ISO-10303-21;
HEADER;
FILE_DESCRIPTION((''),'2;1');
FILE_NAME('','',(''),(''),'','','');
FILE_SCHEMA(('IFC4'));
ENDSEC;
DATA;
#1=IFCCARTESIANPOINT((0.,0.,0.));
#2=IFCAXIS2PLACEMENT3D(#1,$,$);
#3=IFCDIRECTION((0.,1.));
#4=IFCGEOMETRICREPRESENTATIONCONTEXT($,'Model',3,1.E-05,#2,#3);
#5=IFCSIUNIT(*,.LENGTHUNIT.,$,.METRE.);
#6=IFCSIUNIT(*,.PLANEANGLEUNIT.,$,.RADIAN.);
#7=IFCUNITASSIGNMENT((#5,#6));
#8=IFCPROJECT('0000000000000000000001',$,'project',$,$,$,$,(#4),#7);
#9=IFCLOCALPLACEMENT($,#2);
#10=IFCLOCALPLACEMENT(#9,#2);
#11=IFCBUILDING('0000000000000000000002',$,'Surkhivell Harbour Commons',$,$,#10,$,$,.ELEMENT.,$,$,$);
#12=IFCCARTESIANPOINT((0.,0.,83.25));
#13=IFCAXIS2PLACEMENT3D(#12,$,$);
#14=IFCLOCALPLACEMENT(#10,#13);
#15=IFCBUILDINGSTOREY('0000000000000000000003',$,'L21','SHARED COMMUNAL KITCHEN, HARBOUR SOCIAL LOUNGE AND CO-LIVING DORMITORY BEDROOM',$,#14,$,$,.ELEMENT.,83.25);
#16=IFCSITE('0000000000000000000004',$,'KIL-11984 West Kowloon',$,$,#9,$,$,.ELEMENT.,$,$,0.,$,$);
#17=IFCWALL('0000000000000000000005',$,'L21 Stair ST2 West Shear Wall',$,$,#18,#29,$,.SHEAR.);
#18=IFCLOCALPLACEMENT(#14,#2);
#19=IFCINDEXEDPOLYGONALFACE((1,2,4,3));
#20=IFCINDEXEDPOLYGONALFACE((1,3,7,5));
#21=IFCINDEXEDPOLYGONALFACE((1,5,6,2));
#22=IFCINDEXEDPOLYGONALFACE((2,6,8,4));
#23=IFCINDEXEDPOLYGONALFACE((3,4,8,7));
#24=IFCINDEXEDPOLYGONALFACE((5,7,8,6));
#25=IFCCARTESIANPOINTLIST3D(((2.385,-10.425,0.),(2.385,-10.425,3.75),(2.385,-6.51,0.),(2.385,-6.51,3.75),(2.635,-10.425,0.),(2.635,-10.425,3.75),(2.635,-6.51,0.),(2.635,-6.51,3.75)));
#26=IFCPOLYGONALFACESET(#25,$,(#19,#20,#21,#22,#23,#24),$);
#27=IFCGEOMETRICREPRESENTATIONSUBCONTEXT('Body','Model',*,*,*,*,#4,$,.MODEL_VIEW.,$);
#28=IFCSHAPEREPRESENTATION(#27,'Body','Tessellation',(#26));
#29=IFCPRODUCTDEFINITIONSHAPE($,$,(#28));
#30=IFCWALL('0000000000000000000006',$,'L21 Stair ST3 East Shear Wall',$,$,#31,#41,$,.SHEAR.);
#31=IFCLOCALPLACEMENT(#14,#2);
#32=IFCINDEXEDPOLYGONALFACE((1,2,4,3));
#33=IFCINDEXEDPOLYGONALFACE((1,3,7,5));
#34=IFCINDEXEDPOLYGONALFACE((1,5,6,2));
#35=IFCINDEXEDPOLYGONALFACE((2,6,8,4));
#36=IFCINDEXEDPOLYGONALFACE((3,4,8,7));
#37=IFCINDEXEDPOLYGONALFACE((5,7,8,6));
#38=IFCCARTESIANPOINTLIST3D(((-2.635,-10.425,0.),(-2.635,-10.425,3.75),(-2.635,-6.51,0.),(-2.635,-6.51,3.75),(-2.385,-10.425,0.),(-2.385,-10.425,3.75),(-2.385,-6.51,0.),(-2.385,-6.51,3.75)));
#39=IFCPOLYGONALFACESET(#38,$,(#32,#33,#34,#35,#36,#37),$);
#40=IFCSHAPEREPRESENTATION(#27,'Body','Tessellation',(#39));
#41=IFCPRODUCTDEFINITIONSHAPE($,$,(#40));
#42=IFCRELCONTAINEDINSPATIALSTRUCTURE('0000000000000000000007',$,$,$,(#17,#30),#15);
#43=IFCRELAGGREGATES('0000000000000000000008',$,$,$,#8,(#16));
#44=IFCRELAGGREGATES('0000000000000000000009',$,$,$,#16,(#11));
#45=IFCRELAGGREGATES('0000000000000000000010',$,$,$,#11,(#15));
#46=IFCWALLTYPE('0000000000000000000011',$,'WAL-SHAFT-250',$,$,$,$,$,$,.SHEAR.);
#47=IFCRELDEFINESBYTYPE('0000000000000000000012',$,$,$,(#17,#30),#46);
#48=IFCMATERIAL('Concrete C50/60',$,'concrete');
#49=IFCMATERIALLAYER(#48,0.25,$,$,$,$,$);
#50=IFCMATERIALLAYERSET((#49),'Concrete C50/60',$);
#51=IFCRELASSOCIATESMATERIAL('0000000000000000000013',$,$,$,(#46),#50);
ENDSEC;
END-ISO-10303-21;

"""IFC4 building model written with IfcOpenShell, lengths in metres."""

from ifc_helpers import new_model, si_unit, direction, frame, frame_2d, origin, place, context, subcontext, project, spatial, rectangle, extrude, material, layer, layer_set, type_object, element, save


model = new_model("IFC4")

# Units and contexts
model_context = context("Model", 3, precision=1e-05, world=origin(), true_north=direction((0.0, 1.0)))
body_context = subcontext(model_context, "Body", "Model", "MODEL_VIEW")
ifc_project = project(units=[si_unit("LENGTHUNIT", "METRE"), si_unit("PLANEANGLEUNIT", "RADIAN")], contexts=[model_context])

# Site, building, storey
site_placement = place(None, origin())
site = spatial("IfcSite", under=ifc_project, at=site_placement, Name="KIL-11984 West Kowloon", CompositionType="ELEMENT", RefElevation=0.0)
building_placement = place(site_placement, origin())
building = spatial("IfcBuilding", under=site, at=building_placement, Name="Surkhivell Harbour Commons", CompositionType="ELEMENT")
storey_placement = place(building_placement, frame((0.0, 0.0, 83.25)))
storey = spatial("IfcBuildingStorey", under=building, at=storey_placement, Name="L21", Description="SHARED COMMUNAL KITCHEN, HARBOUR SOCIAL LOUNGE AND CO-LIVING DORMITORY BEDROOM", CompositionType="ELEMENT", Elevation=83.25)

# Shared definitions
ifc_material_1 = material(Name="Concrete C50/60", Category="concrete")
ifc_layer_1 = layer(ifc_material_1, 0.25)
ifc_layer_set_1 = layer_set([ifc_layer_1], Name="Concrete C50/60")
wall_type_1 = type_object("IfcWallType", Name="WAL-SHAFT-250", PredefinedType="SHEAR", material=ifc_layer_set_1)

# Walls
for number, where, z_axis, x_axis, name in (
    (1, (2.51, -10.425, 0.0), (0.0, 0.0, 1.0), (0.0, 1.0, 0.0), "L21 Stair ST2 West Shear Wall"),
    (2, (-2.51, -10.425, 0.0), (0.0, 0.0, 1.0), (0.0, 1.0, 0.0), "L21 Stair ST3 East Shear Wall"),
):
    element("IfcWall", number, at=place(storey_placement, frame(where, z_axis=z_axis, x_axis=x_axis)), inside=storey, type_object=wall_type_1, Name=name, PredefinedType="SHEAR", context=body_context, shape_type="SweptSolid", body=[
        extrude(rectangle(XDim=3.915, YDim=0.25, at=frame_2d((1.9575, 0.0))), origin(), (0.0, 0.0, 1.0), 3.75),
    ])

save(model, "model.ifc")
